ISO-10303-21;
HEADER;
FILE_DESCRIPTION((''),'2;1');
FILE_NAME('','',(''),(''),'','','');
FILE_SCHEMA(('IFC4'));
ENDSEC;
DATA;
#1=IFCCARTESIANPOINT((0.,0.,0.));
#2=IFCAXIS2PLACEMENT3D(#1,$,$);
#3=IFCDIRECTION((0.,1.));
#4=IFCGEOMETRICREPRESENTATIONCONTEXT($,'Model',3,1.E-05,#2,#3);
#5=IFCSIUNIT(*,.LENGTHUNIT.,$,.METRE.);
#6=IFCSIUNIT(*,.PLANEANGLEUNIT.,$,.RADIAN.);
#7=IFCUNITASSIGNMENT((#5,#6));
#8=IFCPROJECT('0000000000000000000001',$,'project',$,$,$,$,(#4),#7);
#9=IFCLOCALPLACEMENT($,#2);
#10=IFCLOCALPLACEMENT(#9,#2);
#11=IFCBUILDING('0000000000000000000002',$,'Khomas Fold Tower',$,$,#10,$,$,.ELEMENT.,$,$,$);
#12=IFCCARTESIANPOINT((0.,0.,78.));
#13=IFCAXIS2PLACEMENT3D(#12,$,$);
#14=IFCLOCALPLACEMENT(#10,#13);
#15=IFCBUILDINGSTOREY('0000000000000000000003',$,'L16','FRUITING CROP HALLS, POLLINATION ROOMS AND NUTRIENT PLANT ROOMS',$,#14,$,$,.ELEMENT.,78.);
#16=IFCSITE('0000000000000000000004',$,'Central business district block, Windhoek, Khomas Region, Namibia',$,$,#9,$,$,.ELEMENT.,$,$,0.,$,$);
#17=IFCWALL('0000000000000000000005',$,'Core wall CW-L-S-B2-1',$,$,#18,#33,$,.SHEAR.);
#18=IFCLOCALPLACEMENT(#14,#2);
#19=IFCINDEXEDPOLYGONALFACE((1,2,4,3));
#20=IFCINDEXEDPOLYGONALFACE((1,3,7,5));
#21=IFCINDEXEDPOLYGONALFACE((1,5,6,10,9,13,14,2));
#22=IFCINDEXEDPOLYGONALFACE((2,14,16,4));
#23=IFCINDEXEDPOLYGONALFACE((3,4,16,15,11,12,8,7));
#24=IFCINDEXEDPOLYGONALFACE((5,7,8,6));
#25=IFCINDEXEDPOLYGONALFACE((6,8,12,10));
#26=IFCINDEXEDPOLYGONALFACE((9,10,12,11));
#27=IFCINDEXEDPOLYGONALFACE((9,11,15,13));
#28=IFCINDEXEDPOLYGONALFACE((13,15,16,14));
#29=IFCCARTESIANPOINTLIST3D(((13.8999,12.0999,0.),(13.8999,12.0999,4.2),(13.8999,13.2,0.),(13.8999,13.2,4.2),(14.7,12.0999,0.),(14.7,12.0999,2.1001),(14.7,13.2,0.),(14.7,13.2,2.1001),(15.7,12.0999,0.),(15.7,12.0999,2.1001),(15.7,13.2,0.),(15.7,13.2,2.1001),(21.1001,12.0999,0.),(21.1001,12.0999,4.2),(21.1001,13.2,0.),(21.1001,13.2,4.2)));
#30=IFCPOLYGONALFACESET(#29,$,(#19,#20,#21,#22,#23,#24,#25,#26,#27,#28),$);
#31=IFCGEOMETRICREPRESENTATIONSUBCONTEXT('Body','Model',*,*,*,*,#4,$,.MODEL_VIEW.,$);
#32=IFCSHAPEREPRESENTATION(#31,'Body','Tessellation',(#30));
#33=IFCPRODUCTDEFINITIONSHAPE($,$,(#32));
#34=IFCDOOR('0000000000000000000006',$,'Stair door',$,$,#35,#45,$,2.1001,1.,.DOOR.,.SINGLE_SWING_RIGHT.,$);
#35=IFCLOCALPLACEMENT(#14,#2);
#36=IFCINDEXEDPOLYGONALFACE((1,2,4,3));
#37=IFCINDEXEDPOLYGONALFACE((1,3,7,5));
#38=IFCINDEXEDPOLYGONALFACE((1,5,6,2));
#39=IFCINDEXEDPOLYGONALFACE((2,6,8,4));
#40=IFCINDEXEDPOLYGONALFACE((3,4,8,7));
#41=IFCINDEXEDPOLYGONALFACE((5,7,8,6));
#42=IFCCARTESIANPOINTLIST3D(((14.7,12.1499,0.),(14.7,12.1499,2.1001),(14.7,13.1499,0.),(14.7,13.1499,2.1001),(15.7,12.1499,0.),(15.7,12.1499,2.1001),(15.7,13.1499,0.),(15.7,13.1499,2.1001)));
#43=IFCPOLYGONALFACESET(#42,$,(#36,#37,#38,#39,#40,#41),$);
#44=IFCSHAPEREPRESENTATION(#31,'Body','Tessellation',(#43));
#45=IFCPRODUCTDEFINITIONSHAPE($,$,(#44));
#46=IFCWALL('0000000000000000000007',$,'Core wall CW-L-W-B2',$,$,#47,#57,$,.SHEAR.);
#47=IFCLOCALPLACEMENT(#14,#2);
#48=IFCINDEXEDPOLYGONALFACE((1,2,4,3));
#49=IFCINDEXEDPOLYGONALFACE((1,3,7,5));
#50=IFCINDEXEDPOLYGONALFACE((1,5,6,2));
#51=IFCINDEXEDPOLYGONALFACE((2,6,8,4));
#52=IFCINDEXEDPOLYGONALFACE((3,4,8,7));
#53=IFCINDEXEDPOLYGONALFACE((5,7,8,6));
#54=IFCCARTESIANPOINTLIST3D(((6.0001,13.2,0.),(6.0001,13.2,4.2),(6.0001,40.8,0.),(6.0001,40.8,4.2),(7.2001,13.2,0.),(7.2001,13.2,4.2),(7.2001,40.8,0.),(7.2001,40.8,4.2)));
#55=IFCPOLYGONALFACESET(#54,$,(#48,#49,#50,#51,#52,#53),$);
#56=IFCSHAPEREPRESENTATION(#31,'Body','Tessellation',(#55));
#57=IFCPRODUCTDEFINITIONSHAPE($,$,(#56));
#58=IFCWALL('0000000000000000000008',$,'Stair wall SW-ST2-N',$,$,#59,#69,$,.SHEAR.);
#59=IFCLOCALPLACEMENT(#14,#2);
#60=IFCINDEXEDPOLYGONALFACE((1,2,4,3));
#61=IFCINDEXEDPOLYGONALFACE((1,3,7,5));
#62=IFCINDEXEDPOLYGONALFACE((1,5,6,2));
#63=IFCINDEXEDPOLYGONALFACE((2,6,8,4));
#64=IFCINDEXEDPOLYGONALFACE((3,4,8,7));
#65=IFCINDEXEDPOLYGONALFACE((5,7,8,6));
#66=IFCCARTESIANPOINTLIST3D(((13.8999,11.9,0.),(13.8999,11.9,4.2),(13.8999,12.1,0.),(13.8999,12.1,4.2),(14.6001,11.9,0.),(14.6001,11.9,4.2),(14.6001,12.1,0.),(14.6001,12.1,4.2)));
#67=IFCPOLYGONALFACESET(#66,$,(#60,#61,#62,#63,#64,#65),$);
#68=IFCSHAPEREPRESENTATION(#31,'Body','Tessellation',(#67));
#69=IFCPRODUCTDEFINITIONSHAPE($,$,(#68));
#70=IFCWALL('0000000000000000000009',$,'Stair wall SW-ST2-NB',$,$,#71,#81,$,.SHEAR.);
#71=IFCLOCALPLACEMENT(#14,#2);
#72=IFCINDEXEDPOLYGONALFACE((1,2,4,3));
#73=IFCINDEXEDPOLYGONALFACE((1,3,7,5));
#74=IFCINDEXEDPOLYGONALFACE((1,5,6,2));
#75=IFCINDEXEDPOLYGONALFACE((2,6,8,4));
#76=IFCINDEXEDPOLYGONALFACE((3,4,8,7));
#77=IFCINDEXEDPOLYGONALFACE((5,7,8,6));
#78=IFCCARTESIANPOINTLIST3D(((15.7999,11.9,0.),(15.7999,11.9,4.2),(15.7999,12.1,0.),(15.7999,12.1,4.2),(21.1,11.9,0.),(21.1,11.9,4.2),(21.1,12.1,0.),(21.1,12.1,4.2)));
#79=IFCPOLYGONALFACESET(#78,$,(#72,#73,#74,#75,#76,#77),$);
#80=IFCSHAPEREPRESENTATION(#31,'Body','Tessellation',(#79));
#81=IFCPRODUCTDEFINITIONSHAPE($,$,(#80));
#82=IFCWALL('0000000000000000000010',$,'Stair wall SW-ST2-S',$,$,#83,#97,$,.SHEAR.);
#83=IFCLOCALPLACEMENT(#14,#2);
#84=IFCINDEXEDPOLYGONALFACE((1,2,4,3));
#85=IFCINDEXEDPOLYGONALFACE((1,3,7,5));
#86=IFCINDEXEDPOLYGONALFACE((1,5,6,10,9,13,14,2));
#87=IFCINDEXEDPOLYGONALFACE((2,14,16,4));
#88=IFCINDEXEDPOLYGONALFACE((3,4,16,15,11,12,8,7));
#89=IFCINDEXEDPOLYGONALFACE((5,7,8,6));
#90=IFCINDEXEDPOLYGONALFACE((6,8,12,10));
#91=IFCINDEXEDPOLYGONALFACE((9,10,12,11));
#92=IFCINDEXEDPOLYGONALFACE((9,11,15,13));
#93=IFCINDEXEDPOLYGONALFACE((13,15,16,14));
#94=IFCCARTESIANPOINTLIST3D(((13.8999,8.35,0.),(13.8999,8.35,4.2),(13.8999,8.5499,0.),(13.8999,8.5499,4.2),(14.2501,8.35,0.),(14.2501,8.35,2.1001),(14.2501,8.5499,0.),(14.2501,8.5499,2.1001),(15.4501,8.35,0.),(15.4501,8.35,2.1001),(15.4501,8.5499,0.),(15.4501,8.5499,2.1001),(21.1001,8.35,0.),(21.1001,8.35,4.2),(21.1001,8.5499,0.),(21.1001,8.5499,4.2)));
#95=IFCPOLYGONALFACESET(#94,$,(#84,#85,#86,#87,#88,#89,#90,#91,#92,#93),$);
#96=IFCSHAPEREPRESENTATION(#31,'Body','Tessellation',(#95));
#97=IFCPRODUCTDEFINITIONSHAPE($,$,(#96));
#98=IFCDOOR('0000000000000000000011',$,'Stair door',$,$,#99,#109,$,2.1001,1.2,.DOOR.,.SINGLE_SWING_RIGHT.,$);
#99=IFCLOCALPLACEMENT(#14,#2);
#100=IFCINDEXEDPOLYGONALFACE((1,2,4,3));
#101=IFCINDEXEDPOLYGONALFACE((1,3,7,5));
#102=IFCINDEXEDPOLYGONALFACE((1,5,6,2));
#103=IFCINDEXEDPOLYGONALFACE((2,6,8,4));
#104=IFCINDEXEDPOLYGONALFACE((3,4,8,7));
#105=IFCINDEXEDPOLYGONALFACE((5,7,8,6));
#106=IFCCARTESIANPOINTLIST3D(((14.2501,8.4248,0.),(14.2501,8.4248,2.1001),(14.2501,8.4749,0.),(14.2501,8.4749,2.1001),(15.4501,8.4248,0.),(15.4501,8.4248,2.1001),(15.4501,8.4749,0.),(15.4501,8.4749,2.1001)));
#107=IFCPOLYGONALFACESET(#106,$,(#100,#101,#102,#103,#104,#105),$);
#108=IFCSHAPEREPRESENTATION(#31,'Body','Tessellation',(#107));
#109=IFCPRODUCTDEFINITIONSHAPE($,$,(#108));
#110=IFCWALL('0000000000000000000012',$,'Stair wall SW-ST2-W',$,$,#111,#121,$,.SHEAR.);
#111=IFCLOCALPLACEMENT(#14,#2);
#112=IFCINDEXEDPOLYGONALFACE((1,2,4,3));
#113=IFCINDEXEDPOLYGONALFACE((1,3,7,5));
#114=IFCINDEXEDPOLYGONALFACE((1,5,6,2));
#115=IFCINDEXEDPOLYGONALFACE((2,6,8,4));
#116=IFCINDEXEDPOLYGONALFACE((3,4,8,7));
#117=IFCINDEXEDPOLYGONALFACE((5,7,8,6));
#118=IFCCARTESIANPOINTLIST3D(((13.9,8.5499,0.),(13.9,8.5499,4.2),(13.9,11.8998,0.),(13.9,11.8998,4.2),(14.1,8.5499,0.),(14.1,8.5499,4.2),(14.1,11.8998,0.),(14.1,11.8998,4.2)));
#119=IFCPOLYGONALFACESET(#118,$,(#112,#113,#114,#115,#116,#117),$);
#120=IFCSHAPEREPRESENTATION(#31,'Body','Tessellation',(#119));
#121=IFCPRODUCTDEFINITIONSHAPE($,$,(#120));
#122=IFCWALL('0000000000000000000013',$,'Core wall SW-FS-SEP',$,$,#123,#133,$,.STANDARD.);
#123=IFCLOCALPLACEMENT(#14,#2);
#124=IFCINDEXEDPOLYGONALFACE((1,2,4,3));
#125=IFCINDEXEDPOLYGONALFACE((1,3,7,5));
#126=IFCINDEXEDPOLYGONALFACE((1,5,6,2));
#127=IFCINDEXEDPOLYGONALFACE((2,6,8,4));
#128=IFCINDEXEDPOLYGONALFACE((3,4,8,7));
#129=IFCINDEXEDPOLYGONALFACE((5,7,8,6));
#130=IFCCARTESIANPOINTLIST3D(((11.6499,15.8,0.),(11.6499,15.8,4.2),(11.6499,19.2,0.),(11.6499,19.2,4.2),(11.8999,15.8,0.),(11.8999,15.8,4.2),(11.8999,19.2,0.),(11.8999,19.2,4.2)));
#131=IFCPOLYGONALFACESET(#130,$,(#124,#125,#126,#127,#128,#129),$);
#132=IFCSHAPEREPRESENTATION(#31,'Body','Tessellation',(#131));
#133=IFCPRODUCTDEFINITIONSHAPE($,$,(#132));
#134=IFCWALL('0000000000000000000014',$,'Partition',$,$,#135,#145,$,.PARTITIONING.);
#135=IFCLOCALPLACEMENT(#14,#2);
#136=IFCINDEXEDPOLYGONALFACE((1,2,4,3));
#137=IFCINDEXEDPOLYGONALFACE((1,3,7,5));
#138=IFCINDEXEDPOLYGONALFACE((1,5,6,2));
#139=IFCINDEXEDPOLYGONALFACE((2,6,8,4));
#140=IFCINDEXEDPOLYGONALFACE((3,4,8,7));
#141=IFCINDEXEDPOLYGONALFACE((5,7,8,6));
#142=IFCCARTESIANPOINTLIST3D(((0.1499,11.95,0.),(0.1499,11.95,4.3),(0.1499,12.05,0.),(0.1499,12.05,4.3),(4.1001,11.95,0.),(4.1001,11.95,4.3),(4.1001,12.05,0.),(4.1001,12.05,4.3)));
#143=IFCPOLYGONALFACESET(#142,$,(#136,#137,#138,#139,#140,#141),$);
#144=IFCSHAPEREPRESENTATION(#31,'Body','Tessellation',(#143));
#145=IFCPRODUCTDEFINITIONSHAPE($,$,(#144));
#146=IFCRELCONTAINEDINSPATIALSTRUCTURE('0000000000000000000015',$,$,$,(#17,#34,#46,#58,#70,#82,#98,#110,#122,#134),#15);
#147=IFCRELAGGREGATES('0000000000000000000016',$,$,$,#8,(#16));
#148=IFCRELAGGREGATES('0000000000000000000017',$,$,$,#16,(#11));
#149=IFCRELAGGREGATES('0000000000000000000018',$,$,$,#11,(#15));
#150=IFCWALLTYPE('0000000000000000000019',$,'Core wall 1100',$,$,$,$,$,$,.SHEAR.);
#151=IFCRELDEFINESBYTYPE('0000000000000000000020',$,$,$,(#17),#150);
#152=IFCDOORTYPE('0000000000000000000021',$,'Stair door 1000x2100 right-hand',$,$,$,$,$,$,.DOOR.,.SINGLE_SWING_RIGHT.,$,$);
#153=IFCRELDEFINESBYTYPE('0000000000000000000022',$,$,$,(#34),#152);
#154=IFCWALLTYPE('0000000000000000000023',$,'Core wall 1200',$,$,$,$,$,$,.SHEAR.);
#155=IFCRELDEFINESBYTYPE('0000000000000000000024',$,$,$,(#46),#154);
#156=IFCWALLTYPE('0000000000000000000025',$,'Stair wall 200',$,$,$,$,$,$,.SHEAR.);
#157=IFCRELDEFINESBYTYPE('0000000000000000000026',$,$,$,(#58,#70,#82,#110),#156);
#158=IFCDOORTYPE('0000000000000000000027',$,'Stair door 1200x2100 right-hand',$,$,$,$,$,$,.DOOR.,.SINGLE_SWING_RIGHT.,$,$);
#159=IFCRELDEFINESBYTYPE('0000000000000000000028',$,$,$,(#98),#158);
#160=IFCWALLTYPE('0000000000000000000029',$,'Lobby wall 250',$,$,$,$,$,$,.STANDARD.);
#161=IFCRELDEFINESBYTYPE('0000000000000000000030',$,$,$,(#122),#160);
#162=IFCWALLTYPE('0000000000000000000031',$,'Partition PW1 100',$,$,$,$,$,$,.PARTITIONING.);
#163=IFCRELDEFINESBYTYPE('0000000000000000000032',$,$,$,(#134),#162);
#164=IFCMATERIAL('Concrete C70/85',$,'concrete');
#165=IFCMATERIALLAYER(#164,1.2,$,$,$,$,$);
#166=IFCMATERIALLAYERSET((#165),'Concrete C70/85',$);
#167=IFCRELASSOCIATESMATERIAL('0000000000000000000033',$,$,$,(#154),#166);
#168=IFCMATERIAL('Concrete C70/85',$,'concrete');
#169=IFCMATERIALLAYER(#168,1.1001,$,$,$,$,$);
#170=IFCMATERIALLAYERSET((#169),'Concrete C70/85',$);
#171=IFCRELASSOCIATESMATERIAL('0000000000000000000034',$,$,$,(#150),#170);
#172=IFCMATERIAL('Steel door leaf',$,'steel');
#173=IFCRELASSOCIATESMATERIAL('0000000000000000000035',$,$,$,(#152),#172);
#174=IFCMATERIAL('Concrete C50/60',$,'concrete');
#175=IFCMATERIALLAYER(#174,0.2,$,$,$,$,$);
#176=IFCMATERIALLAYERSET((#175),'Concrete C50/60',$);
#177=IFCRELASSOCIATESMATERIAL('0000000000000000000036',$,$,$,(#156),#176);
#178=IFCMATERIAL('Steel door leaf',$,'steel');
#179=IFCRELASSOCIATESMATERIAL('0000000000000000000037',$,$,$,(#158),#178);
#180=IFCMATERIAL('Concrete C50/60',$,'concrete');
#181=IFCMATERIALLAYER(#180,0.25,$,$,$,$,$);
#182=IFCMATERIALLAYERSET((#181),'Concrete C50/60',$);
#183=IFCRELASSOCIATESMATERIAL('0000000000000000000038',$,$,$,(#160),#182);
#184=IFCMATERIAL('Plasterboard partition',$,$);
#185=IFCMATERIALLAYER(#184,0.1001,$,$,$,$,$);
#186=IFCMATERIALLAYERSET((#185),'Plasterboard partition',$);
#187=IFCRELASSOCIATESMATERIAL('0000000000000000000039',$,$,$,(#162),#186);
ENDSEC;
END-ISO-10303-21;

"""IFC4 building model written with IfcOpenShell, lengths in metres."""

from ifc_helpers import new_model, si_unit, direction, frame, frame_2d, origin, place, context, subcontext, project, spatial, rectangle, extrude, source, transform, mapped, material, layer, layer_set, type_object, element, fill, save


model = new_model("IFC4")

# Units and contexts
model_context = context("Model", 3, precision=1e-05, world=origin(), true_north=direction((0.0, 1.0)))
body_context = subcontext(model_context, "Body", "Model", "MODEL_VIEW")
ifc_project = project(units=[si_unit("LENGTHUNIT", "METRE"), si_unit("PLANEANGLEUNIT", "RADIAN")], contexts=[model_context])

# Site, building, storey
site_placement = place(None, origin())
site = spatial("IfcSite", under=ifc_project, at=site_placement, Name="Central business district block, Windhoek, Khomas Region, Namibia", CompositionType="ELEMENT", RefElevation=0.0)
building_placement = place(site_placement, origin())
building = spatial("IfcBuilding", under=site, at=building_placement, Name="Khomas Fold Tower", CompositionType="ELEMENT")
storey_placement = place(building_placement, frame((0.0, 0.0, 78.0)))
storey = spatial("IfcBuildingStorey", under=building, at=storey_placement, Name="L16", Description="FRUITING CROP HALLS, POLLINATION ROOMS AND NUTRIENT PLANT ROOMS", CompositionType="ELEMENT", Elevation=78.0)

# Shared definitions
ifc_material_1 = material(Name="Concrete C70/85", Category="concrete")
ifc_layer_1 = layer(ifc_material_1, 1.2)
ifc_layer_set_1 = layer_set([ifc_layer_1], Name="Concrete C70/85")
wall_type_1 = type_object("IfcWallType", Name="Core wall 1200", PredefinedType="SHEAR", material=ifc_layer_set_1)

# Wall, opening, door
ifc_material_2 = material(Name="Concrete C70/85", Category="concrete")
ifc_layer_2 = layer(ifc_material_2, 1.1001)
ifc_layer_set_2 = layer_set([ifc_layer_2], Name="Concrete C70/85")
wall_type_2 = type_object("IfcWallType", Name="Core wall 1100", PredefinedType="SHEAR", material=ifc_layer_set_2)
shared_shape_1 = source(origin(), body_context, "Body", "SweptSolid", [
    extrude(rectangle(XDim=7.2002, YDim=1.1001, at=frame_2d((3.6001, 0.0))), origin(), (0.0, 0.0, 1.0), 4.2),
])
wall_1_placement = place(storey_placement, frame((13.8999, 12.6499, 0.0), z_axis=(0.0, 0.0, 1.0), x_axis=(1.0, 0.0, 0.0)))
wall_1 = element("IfcWall", 1, at=wall_1_placement, inside=storey, type_object=wall_type_2, Name="Core wall CW-L-S-B2-1", PredefinedType="SHEAR", context=body_context, shape_type="MappedRepresentation", body=[
    mapped(shared_shape_1, transform((0.0, 0.0, 0.0))),
])
shared_shape_2 = source(origin(), body_context, "Body", "SweptSolid", [
    extrude(rectangle(XDim=1.0, YDim=2.1001, at=frame_2d((0.5, 1.05))), frame((0.0, 0.5601, 0.0), z_axis=(0.0, -1.0, 0.0), x_axis=(1.0, 0.0, 0.0)), (0.0, 0.0, 1.0), 1.1201),
])
opening_1_placement = place(wall_1_placement, frame((0.8, 0.0, 0.0)))
opening_1 = element("IfcOpeningElement", 2, at=opening_1_placement, cuts=wall_1, PredefinedType="OPENING", context=body_context, shape_type="MappedRepresentation", body=[
    mapped(shared_shape_2, transform((0.0, 0.0, 0.0))),
])
ifc_material_3 = material(Name="Steel door leaf", Category="steel")
door_type_1 = type_object("IfcDoorType", Name="Stair door 1000x2100 right-hand", OperationType="SINGLE_SWING_RIGHT", PredefinedType="DOOR", material=ifc_material_3)
shared_shape_3 = source(origin(), body_context, "Body", "SweptSolid", [
    extrude(rectangle(XDim=1.0, YDim=2.1001, at=frame_2d((0.5, 1.05))), frame((0.0, 0.5, 0.0), z_axis=(0.0, -1.0, 0.0), x_axis=(1.0, 0.0, 0.0)), (0.0, 0.0, 1.0), 1.0),
])
door_1_placement = place(opening_1_placement, origin())
door_1 = element("IfcDoor", 3, at=door_1_placement, inside=storey, type_object=door_type_1, Name="Stair door", OperationType="SINGLE_SWING_RIGHT", OverallHeight=2.1001, OverallWidth=1.0, PredefinedType="DOOR", context=body_context, shape_type="MappedRepresentation", body=[
    mapped(shared_shape_3, transform((0.0, 0.0, 0.0))),
])
fill(opening_1, door_1)

# Walls
shared_shape_4 = source(origin(), body_context, "Body", "SweptSolid", [
    extrude(rectangle(XDim=27.6001, YDim=1.2, at=frame_2d((13.8, 0.0))), origin(), (0.0, 0.0, 1.0), 4.2),
])
wall_2_placement = place(storey_placement, frame((6.6001, 13.2, 0.0), z_axis=(0.0, 0.0, 1.0), x_axis=(0.0, 1.0, 0.0)))
element("IfcWall", 4, at=wall_2_placement, inside=storey, type_object=wall_type_1, Name="Core wall CW-L-W-B2", PredefinedType="SHEAR", context=body_context, shape_type="MappedRepresentation", body=[
    mapped(shared_shape_4, transform((0.0, 0.0, 0.0))),
])
ifc_material_4 = material(Name="Concrete C50/60", Category="concrete")
ifc_layer_3 = layer(ifc_material_4, 0.2)
ifc_layer_set_3 = layer_set([ifc_layer_3], Name="Concrete C50/60")
wall_type_3 = type_object("IfcWallType", Name="Stair wall 200", PredefinedType="SHEAR", material=ifc_layer_set_3)
shared_shape_5 = source(origin(), body_context, "Body", "SweptSolid", [
    extrude(rectangle(XDim=0.7002, YDim=0.2, at=frame_2d((0.3501, 0.0))), origin(), (0.0, 0.0, 1.0), 4.2),
])
wall_3_placement = place(storey_placement, frame((13.8999, 12.0, 0.0), z_axis=(0.0, 0.0, 1.0), x_axis=(1.0, 0.0, 0.0)))
element("IfcWall", 5, at=wall_3_placement, inside=storey, type_object=wall_type_3, Name="Stair wall SW-ST2-N", PredefinedType="SHEAR", context=body_context, shape_type="MappedRepresentation", body=[
    mapped(shared_shape_5, transform((0.0, 0.0, 0.0))),
])
shared_shape_6 = source(origin(), body_context, "Body", "SweptSolid", [
    extrude(rectangle(XDim=5.3, YDim=0.2, at=frame_2d((2.6499, 0.0))), origin(), (0.0, 0.0, 1.0), 4.2),
])
wall_4_placement = place(storey_placement, frame((15.8, 12.0, 0.0), z_axis=(0.0, 0.0, 1.0), x_axis=(1.0, 0.0, 0.0)))
element("IfcWall", 6, at=wall_4_placement, inside=storey, type_object=wall_type_3, Name="Stair wall SW-ST2-NB", PredefinedType="SHEAR", context=body_context, shape_type="MappedRepresentation", body=[
    mapped(shared_shape_6, transform((0.0, 0.0, 0.0))),
])

# Wall, opening, door
shared_shape_7 = source(origin(), body_context, "Body", "SweptSolid", [
    extrude(rectangle(XDim=7.2002, YDim=0.2, at=frame_2d((3.6001, 0.0))), origin(), (0.0, 0.0, 1.0), 4.2),
])
wall_5_placement = place(storey_placement, frame((13.8999, 8.45, 0.0), z_axis=(0.0, 0.0, 1.0), x_axis=(1.0, 0.0, 0.0)))
wall_5 = element("IfcWall", 7, at=wall_5_placement, inside=storey, type_object=wall_type_3, Name="Stair wall SW-ST2-S", PredefinedType="SHEAR", context=body_context, shape_type="MappedRepresentation", body=[
    mapped(shared_shape_7, transform((0.0, 0.0, 0.0))),
])
shared_shape_8 = source(origin(), body_context, "Body", "SweptSolid", [
    extrude(rectangle(XDim=1.2, YDim=2.1001, at=frame_2d((0.6001, 1.05))), frame((0.0, 0.1099, 0.0), z_axis=(0.0, -1.0, 0.0), x_axis=(1.0, 0.0, 0.0)), (0.0, 0.0, 1.0), 0.22),
])
opening_2_placement = place(wall_5_placement, frame((0.3501, 0.0, 0.0)))
opening_2 = element("IfcOpeningElement", 8, at=opening_2_placement, cuts=wall_5, PredefinedType="OPENING", context=body_context, shape_type="MappedRepresentation", body=[
    mapped(shared_shape_8, transform((0.0, 0.0, 0.0))),
])
ifc_material_5 = material(Name="Steel door leaf", Category="steel")
door_type_2 = type_object("IfcDoorType", Name="Stair door 1200x2100 right-hand", OperationType="SINGLE_SWING_RIGHT", PredefinedType="DOOR", material=ifc_material_5)
shared_shape_9 = source(origin(), body_context, "Body", "SweptSolid", [
    extrude(rectangle(XDim=1.2, YDim=2.1001, at=frame_2d((0.6001, 1.05))), frame((0.0, 0.0249, 0.0), z_axis=(0.0, -1.0, 0.0), x_axis=(1.0, 0.0, 0.0)), (0.0, 0.0, 1.0), 0.05),
])
door_2_placement = place(opening_2_placement, origin())
door_2 = element("IfcDoor", 9, at=door_2_placement, inside=storey, type_object=door_type_2, Name="Stair door", OperationType="SINGLE_SWING_RIGHT", OverallHeight=2.1001, OverallWidth=1.2, PredefinedType="DOOR", context=body_context, shape_type="MappedRepresentation", body=[
    mapped(shared_shape_9, transform((0.0, 0.0, 0.0))),
])
fill(opening_2, door_2)

# Walls
shared_shape_10 = source(origin(), body_context, "Body", "SweptSolid", [
    extrude(rectangle(XDim=3.3499, YDim=0.2, at=frame_2d((1.6748, 0.0))), origin(), (0.0, 0.0, 1.0), 4.2),
])
wall_6_placement = place(storey_placement, frame((14.0, 8.55, 0.0), z_axis=(0.0, 0.0, 1.0), x_axis=(0.0, 1.0, 0.0)))
element("IfcWall", 10, at=wall_6_placement, inside=storey, type_object=wall_type_3, Name="Stair wall SW-ST2-W", PredefinedType="SHEAR", context=body_context, shape_type="MappedRepresentation", body=[
    mapped(shared_shape_10, transform((0.0, 0.0, 0.0))),
])
ifc_material_6 = material(Name="Concrete C50/60", Category="concrete")
ifc_layer_4 = layer(ifc_material_6, 0.25)
ifc_layer_set_4 = layer_set([ifc_layer_4], Name="Concrete C50/60")
wall_type_4 = type_object("IfcWallType", Name="Lobby wall 250", PredefinedType="STANDARD", material=ifc_layer_set_4)
shared_shape_11 = source(origin(), body_context, "Body", "SweptSolid", [
    extrude(rectangle(XDim=3.3999, YDim=0.25, at=frame_2d((1.7, 0.0))), origin(), (0.0, 0.0, 1.0), 4.2),
])
wall_7_placement = place(storey_placement, frame((11.7749, 15.8, 0.0), z_axis=(0.0, 0.0, 1.0), x_axis=(0.0, 1.0, 0.0)))
element("IfcWall", 11, at=wall_7_placement, inside=storey, type_object=wall_type_4, Name="Core wall SW-FS-SEP", PredefinedType="STANDARD", context=body_context, shape_type="MappedRepresentation", body=[
    mapped(shared_shape_11, transform((0.0, 0.0, 0.0))),
])
ifc_material_7 = material(Name="Plasterboard partition")
ifc_layer_5 = layer(ifc_material_7, 0.1001)
ifc_layer_set_5 = layer_set([ifc_layer_5], Name="Plasterboard partition")
wall_type_5 = type_object("IfcWallType", Name="Partition PW1 100", PredefinedType="PARTITIONING", material=ifc_layer_set_5)
shared_shape_12 = source(origin(), body_context, "Body", "SweptSolid", [
    extrude(rectangle(XDim=3.9502, YDim=0.1001, at=frame_2d((1.9751, 0.0))), origin(), (0.0, 0.0, 1.0), 4.3),
])
wall_8_placement = place(storey_placement, frame((0.1499, 12.0, 0.0), z_axis=(0.0, 0.0, 1.0), x_axis=(1.0, 0.0, 0.0)))
element("IfcWall", 12, at=wall_8_placement, inside=storey, type_object=wall_type_5, Name="Partition", PredefinedType="PARTITIONING", context=body_context, shape_type="MappedRepresentation", body=[
    mapped(shared_shape_12, transform((0.0, 0.0, 0.0))),
])

save(model, "model.ifc")
